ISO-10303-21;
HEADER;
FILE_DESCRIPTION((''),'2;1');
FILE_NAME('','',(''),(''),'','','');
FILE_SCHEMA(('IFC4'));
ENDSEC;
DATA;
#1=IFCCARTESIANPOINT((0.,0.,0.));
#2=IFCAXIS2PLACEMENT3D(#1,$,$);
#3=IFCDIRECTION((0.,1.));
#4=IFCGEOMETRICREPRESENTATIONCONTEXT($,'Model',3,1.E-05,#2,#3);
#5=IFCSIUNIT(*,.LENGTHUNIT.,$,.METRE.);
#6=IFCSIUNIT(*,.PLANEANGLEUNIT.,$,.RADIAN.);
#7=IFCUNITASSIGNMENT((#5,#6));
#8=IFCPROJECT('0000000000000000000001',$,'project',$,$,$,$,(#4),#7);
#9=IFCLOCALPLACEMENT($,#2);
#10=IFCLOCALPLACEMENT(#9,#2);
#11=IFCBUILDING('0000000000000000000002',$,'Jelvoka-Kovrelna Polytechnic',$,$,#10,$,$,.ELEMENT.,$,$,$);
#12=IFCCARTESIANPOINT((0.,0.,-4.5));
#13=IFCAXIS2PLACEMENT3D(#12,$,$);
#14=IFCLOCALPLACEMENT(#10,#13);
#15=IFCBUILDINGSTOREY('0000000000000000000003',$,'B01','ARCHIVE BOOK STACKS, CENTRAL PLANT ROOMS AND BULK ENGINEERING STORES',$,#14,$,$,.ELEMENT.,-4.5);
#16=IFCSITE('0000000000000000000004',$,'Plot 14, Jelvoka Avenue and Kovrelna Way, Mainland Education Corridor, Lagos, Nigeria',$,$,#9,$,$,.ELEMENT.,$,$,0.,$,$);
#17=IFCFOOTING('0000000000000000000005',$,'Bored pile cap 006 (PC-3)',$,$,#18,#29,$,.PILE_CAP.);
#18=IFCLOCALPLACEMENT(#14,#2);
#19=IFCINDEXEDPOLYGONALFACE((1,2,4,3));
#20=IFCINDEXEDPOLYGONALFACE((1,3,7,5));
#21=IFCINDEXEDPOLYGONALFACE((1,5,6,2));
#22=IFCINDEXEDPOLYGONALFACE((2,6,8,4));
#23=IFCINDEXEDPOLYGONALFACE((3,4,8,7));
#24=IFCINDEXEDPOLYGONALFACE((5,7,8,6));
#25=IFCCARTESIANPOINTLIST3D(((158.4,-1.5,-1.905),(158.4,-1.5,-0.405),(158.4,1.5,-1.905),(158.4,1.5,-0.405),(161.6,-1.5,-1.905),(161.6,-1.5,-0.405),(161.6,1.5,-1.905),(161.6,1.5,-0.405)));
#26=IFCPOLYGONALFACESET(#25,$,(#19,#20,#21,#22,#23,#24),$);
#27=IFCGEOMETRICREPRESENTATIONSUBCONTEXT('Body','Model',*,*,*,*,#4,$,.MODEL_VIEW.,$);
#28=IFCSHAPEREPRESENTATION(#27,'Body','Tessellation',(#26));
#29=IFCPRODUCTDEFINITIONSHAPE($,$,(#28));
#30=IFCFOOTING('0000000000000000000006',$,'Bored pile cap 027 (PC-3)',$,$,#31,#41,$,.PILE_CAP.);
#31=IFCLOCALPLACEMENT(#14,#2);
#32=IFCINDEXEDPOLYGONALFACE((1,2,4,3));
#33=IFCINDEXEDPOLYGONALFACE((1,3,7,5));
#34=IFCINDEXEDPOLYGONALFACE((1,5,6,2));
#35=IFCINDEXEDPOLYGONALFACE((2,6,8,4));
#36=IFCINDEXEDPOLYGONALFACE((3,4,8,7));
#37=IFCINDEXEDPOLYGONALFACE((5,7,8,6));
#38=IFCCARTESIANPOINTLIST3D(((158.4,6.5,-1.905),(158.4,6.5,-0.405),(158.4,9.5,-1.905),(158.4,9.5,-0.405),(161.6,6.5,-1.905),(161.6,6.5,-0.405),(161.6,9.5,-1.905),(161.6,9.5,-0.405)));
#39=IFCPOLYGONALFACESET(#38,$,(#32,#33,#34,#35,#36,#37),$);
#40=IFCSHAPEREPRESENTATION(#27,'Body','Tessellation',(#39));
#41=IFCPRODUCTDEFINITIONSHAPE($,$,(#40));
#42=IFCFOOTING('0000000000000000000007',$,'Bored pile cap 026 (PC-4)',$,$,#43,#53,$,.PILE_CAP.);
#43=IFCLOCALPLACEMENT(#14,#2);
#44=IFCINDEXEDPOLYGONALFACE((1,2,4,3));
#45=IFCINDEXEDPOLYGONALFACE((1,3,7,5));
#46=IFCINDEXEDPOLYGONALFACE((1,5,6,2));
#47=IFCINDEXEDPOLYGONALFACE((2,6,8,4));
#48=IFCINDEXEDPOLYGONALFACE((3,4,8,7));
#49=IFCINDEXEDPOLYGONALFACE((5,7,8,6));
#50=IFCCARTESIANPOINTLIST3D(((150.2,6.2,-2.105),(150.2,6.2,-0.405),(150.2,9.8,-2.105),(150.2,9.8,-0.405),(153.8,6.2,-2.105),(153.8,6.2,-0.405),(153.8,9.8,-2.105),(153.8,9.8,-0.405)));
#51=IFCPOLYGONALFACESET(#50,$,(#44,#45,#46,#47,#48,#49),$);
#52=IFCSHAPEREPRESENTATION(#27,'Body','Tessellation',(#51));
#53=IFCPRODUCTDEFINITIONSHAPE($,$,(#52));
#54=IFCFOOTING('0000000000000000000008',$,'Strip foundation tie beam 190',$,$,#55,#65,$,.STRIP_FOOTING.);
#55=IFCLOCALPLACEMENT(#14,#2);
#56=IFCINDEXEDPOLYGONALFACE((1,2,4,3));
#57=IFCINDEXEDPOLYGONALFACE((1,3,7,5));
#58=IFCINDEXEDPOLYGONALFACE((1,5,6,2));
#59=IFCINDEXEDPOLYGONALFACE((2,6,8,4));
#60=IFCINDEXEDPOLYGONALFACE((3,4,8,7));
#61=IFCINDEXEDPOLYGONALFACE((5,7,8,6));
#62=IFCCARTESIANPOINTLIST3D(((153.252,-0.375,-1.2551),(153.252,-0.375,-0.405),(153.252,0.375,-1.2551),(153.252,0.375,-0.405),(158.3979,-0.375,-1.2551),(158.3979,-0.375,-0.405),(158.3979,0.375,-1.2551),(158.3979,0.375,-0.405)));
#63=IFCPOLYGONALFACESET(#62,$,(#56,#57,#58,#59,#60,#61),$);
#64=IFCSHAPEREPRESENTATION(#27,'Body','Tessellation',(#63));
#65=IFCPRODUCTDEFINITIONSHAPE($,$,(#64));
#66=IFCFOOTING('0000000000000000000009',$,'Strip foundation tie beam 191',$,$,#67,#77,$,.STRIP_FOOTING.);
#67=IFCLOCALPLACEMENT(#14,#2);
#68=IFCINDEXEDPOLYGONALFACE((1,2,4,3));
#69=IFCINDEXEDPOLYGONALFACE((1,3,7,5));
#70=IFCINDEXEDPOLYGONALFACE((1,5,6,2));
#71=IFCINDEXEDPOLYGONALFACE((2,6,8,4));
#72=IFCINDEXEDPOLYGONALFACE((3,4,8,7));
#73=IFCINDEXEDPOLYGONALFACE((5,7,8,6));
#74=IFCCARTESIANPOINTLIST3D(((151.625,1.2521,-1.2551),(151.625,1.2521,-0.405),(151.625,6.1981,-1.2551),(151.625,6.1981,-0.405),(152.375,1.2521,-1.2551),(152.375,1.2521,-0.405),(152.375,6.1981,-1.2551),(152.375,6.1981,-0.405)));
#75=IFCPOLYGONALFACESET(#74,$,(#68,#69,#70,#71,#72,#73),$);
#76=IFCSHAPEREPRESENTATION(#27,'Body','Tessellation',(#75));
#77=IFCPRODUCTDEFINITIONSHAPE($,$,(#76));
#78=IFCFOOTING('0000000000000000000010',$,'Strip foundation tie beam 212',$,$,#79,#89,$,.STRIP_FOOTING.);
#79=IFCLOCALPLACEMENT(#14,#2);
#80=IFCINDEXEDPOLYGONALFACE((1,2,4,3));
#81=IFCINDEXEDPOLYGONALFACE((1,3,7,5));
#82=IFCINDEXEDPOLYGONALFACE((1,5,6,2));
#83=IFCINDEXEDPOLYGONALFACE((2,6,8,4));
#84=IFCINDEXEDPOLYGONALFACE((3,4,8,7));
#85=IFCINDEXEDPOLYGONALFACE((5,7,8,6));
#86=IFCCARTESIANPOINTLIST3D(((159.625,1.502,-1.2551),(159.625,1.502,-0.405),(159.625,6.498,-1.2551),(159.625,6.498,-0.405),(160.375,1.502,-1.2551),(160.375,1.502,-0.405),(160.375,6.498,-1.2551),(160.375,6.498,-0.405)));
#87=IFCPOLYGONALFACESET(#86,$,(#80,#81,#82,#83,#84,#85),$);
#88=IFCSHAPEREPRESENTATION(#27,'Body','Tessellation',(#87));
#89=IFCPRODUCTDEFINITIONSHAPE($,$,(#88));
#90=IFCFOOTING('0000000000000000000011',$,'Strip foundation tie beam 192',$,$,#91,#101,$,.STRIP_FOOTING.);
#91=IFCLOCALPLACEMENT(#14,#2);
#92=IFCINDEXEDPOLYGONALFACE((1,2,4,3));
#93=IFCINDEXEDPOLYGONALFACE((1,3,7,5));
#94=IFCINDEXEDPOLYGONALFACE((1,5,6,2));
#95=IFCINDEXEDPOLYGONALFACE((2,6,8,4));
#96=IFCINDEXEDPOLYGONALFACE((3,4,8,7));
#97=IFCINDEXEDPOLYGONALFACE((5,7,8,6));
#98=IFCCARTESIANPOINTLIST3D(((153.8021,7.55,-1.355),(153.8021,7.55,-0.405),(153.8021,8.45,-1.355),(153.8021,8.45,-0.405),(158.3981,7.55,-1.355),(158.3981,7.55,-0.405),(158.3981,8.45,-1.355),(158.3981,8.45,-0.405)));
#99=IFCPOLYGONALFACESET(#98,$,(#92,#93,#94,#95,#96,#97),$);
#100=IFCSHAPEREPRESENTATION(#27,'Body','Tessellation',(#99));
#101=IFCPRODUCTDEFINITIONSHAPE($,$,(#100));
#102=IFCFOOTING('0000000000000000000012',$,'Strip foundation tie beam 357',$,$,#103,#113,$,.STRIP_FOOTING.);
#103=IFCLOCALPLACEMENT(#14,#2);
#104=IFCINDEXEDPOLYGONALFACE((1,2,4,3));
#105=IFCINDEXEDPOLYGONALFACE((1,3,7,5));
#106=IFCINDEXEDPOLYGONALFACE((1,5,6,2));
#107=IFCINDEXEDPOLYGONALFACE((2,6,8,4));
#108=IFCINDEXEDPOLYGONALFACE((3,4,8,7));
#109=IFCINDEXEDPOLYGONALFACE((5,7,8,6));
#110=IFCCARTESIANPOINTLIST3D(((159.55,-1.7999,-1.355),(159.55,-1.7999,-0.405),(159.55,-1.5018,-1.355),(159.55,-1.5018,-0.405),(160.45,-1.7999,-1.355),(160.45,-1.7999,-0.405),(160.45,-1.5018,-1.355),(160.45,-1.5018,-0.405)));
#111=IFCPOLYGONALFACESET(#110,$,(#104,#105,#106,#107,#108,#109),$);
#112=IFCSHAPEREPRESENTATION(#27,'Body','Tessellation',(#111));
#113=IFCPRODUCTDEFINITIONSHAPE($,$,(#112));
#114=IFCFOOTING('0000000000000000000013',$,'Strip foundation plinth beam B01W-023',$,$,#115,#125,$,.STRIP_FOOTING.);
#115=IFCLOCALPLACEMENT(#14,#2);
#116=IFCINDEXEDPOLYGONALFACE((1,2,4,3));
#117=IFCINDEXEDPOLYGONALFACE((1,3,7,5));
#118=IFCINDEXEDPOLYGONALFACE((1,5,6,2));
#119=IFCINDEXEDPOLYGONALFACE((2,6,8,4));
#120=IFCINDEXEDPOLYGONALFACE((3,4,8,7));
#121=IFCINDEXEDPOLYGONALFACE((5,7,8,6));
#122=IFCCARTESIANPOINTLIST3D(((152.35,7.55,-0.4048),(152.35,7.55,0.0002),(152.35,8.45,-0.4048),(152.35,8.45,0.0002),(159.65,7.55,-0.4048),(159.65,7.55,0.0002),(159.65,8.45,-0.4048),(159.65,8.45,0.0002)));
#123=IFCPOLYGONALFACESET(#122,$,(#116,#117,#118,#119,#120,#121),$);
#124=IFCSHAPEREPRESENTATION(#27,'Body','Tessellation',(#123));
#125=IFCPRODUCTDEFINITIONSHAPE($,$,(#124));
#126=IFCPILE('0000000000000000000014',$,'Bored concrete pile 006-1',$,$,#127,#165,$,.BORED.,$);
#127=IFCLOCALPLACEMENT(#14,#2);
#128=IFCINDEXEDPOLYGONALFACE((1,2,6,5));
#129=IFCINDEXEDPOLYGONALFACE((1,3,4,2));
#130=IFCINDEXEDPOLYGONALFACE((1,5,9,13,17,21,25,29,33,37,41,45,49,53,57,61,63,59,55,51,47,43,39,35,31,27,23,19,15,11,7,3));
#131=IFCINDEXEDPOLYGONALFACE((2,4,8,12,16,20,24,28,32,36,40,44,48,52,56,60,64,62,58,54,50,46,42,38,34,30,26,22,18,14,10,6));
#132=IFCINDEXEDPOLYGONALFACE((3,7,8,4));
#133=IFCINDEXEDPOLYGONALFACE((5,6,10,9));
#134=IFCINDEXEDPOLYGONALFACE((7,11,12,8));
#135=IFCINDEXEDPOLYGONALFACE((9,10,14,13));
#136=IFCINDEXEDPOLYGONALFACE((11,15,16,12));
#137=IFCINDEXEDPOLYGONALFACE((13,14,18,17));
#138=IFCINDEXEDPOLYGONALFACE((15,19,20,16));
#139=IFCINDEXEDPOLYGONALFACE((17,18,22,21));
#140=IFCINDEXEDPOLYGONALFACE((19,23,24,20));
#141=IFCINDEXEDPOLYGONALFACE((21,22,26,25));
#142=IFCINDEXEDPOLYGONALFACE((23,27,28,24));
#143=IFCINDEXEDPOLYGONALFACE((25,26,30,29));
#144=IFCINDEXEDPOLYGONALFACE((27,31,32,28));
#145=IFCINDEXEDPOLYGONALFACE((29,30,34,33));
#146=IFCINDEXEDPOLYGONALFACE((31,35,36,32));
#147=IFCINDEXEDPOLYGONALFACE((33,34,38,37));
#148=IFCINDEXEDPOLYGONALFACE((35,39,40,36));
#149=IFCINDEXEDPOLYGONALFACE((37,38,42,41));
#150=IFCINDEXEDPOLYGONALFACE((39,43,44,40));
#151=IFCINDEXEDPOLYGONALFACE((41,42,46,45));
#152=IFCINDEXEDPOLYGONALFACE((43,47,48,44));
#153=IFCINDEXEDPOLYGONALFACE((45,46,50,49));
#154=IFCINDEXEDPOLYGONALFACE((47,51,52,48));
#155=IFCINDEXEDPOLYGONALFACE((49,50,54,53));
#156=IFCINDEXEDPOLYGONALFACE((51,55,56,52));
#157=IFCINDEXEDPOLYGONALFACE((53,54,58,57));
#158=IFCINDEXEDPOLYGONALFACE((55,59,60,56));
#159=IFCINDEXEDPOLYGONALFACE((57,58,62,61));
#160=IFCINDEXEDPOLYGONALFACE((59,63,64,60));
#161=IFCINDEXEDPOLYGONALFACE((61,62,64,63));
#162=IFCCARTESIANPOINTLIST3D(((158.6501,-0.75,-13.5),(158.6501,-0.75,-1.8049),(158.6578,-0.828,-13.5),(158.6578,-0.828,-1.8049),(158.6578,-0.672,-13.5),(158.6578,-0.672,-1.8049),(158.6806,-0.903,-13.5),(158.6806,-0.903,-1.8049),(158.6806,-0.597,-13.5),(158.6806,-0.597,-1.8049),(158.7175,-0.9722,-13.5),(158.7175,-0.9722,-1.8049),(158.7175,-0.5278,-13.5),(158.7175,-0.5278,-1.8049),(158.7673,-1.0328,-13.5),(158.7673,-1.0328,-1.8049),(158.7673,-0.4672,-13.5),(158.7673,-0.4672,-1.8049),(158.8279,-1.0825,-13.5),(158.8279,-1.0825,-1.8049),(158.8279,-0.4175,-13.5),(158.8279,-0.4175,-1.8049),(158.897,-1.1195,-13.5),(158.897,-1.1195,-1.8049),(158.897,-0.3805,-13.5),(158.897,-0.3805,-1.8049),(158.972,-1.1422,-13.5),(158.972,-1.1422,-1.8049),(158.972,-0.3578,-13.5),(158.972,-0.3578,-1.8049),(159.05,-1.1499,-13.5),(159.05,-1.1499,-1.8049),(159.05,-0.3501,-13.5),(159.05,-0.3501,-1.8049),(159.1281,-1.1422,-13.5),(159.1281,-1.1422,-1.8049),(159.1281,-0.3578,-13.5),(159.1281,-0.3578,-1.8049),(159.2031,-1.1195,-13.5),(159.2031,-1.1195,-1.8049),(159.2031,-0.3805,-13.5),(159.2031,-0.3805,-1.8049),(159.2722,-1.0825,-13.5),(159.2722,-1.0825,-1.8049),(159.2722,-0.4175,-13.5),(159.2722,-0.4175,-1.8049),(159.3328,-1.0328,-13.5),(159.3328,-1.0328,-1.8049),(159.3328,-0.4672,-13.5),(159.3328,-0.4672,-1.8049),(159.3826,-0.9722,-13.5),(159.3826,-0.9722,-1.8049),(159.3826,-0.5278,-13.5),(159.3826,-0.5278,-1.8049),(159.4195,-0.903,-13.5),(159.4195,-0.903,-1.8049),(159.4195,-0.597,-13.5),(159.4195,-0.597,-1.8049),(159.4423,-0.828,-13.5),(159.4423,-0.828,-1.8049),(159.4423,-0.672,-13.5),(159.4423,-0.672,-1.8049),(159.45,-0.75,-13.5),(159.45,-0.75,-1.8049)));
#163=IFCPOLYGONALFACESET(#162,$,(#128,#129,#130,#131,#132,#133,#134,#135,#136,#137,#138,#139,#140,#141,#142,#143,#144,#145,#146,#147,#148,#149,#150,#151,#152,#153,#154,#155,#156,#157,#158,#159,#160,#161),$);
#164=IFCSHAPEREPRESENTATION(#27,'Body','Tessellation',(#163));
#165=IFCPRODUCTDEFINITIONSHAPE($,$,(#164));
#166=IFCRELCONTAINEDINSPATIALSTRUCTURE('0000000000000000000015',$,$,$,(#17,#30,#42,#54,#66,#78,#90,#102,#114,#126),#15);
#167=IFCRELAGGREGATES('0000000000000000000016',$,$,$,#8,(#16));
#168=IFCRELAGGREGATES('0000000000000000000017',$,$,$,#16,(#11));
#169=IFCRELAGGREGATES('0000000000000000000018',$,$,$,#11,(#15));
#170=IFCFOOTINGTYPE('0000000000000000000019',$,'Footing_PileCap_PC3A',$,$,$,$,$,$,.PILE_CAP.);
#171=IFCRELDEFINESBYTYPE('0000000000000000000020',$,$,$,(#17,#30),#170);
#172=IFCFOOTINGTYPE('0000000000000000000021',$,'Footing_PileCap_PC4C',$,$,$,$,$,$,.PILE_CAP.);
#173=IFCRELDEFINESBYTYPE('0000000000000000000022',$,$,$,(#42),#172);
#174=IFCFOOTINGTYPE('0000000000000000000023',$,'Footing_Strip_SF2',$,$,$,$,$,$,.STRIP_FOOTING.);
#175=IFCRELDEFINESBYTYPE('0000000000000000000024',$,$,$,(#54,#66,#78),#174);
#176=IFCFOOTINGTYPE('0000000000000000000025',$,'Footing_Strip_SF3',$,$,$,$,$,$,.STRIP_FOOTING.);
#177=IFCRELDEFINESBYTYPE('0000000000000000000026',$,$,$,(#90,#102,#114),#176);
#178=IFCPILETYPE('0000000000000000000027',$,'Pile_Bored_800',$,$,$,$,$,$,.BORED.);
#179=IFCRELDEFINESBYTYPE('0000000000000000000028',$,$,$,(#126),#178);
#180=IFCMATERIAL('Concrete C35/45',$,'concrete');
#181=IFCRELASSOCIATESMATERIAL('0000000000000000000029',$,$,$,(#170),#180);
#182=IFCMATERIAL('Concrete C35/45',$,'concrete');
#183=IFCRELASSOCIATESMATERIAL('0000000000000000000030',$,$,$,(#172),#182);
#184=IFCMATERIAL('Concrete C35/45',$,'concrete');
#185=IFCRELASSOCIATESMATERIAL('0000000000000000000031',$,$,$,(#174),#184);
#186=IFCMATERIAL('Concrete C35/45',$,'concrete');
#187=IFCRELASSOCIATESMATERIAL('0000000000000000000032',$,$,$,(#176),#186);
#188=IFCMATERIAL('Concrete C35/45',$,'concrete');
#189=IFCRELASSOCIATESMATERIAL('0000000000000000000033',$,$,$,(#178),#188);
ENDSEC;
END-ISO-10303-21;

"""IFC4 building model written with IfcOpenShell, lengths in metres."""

from ifc_helpers import new_model, si_unit, direction, frame, origin, origin_2d, place, context, subcontext, project, spatial, rectangle, circle, extrude, material, material_profile, profile_set, type_object, element, save


model = new_model("IFC4")

# Units and contexts
model_context = context("Model", 3, precision=1e-05, world=origin(), true_north=direction((0.0, 1.0)))
body_context = subcontext(model_context, "Body", "Model", "MODEL_VIEW")
ifc_project = project(units=[si_unit("LENGTHUNIT", "METRE"), si_unit("PLANEANGLEUNIT", "RADIAN")], contexts=[model_context])

# Site, building, storey
site_placement = place(None, origin())
site = spatial("IfcSite", under=ifc_project, at=site_placement, Name="Plot 14, Jelvoka Avenue and Kovrelna Way, Mainland Education Corridor, Lagos, Nigeria", CompositionType="ELEMENT", RefElevation=0.0)
building_placement = place(site_placement, origin())
building = spatial("IfcBuilding", under=site, at=building_placement, Name="Jelvoka-Kovrelna Polytechnic", CompositionType="ELEMENT")
storey_placement = place(building_placement, frame((0.0, 0.0, -4.5)))
storey = spatial("IfcBuildingStorey", under=building, at=storey_placement, Name="B01", Description="ARCHIVE BOOK STACKS, CENTRAL PLANT ROOMS AND BULK ENGINEERING STORES", CompositionType="ELEMENT", Elevation=-4.5)

# Footings
ifc_material_1 = material(Name="Concrete C35/45", Category="concrete")
footing_type_1 = type_object("IfcFootingType", Name="Footing_PileCap_PC3A", PredefinedType="PILE_CAP", material=ifc_material_1)
for number, where, z_axis, x_axis, name in (
    (1, (160.0, 0.0, -1.905), (0.0, 0.0, 1.0), (1.0, 0.0, 0.0), "Bored pile cap 006 (PC-3)"),
    (2, (160.0, 8.0, -1.905), (0.0, 0.0, 1.0), (1.0, 0.0, 0.0), "Bored pile cap 027 (PC-3)"),
):
    element("IfcFooting", number, at=place(storey_placement, frame(where, z_axis=z_axis, x_axis=x_axis)), inside=storey, type_object=footing_type_1, Name=name, PredefinedType="PILE_CAP", context=body_context, shape_type="SweptSolid", body=[
        extrude(rectangle(XDim=3.2, YDim=3.0, at=origin_2d()), origin(), (0.0, 0.0, 1.0), 1.5),
    ])
ifc_material_2 = material(Name="Concrete C35/45", Category="concrete")
footing_type_2 = type_object("IfcFootingType", Name="Footing_PileCap_PC4C", PredefinedType="PILE_CAP", material=ifc_material_2)
footing_1_placement = place(storey_placement, frame((152.0, 8.0, -2.105), z_axis=(0.0, 0.0, 1.0), x_axis=(1.0, 0.0, 0.0)))
element("IfcFooting", 3, at=footing_1_placement, inside=storey, type_object=footing_type_2, Name="Bored pile cap 026 (PC-4)", PredefinedType="PILE_CAP", context=body_context, shape_type="SweptSolid", body=[
    extrude(rectangle(XDim=3.6001, YDim=3.6001, at=origin_2d()), origin(), (0.0, 0.0, 1.0), 1.7),
])
ifc_material_3 = material(Name="Concrete C35/45", Category="concrete")
footing_type_3 = type_object("IfcFootingType", Name="Footing_Strip_SF2", PredefinedType="STRIP_FOOTING", material=ifc_material_3)
footing_2_placement = place(storey_placement, frame((155.825, 0.0, -1.2551), z_axis=(0.0, 0.0, 1.0), x_axis=(1.0, 0.0, 0.0)))
element("IfcFooting", 4, at=footing_2_placement, inside=storey, type_object=footing_type_3, Name="Strip foundation tie beam 190", PredefinedType="STRIP_FOOTING", context=body_context, shape_type="SweptSolid", body=[
    extrude(rectangle(XDim=5.146, YDim=0.75, at=origin_2d()), origin(), (0.0, 0.0, 1.0), 0.8501),
])
footing_3_placement = place(storey_placement, frame((152.0, 3.7251, -1.2551), z_axis=(0.0, 0.0, 1.0), x_axis=(0.0, 1.0, 0.0)))
element("IfcFooting", 5, at=footing_3_placement, inside=storey, type_object=footing_type_3, Name="Strip foundation tie beam 191", PredefinedType="STRIP_FOOTING", context=body_context, shape_type="SweptSolid", body=[
    extrude(rectangle(XDim=4.946, YDim=0.75, at=origin_2d()), origin(), (0.0, 0.0, 1.0), 0.8501),
])
footing_4_placement = place(storey_placement, frame((160.0, 4.0, -1.2551), z_axis=(0.0, 0.0, 1.0), x_axis=(0.0, 1.0, 0.0)))
element("IfcFooting", 6, at=footing_4_placement, inside=storey, type_object=footing_type_3, Name="Strip foundation tie beam 212", PredefinedType="STRIP_FOOTING", context=body_context, shape_type="SweptSolid", body=[
    extrude(rectangle(XDim=4.9961, YDim=0.75, at=origin_2d()), origin(), (0.0, 0.0, 1.0), 0.8501),
])
ifc_material_4 = material(Name="Concrete C35/45", Category="concrete")
footing_type_4 = type_object("IfcFootingType", Name="Footing_Strip_SF3", PredefinedType="STRIP_FOOTING", material=ifc_material_4)
footing_5_placement = place(storey_placement, frame((156.1001, 8.0, -1.355), z_axis=(0.0, 0.0, 1.0), x_axis=(1.0, 0.0, 0.0)))
element("IfcFooting", 7, at=footing_5_placement, inside=storey, type_object=footing_type_4, Name="Strip foundation tie beam 192", PredefinedType="STRIP_FOOTING", context=body_context, shape_type="SweptSolid", body=[
    extrude(rectangle(XDim=4.5959, YDim=0.8999, at=origin_2d()), origin(), (0.0, 0.0, 1.0), 0.95),
])
footing_6_placement = place(storey_placement, frame((160.0, -1.6509, -1.355), z_axis=(0.0, 0.0, 1.0), x_axis=(0.0, 1.0, 0.0)))
element("IfcFooting", 8, at=footing_6_placement, inside=storey, type_object=footing_type_4, Name="Strip foundation tie beam 357", PredefinedType="STRIP_FOOTING", context=body_context, shape_type="SweptSolid", body=[
    extrude(rectangle(XDim=0.2981, YDim=0.8999, at=origin_2d()), origin(), (0.0, 0.0, 1.0), 0.95),
])
footing_7_placement = place(storey_placement, frame((156.0, 8.0, -0.4048), z_axis=(0.0, 0.0, 1.0), x_axis=(1.0, 0.0, 0.0)))
element("IfcFooting", 9, at=footing_7_placement, inside=storey, type_object=footing_type_4, Name="Strip foundation plinth beam B01W-023", PredefinedType="STRIP_FOOTING", context=body_context, shape_type="SweptSolid", body=[
    extrude(rectangle(XDim=7.3, YDim=0.8999, at=origin_2d()), origin(), (0.0, 0.0, 1.0), 0.405),
])

# Pile
ifc_material_5 = material(Name="Concrete C35/45", Category="concrete")
ifc_material_profile_1 = material_profile(ifc_material_5, circle(Radius=0.3999, at=origin_2d()), Name="PILE D800")
ifc_profile_set_1 = profile_set([ifc_material_profile_1], Name="Concrete C35/45")
pile_type = type_object("IfcPileType", Name="Pile_Bored_800", PredefinedType="BORED", material=ifc_profile_set_1)
for number, where, z_axis, x_axis, name in (
    (10, (159.05, -0.75, -1.8049), (0.0, 0.0, -1.0), (1.0, 0.0, 0.0), "Bored concrete pile 006-1"),
):
    element("IfcPile", number, at=place(storey_placement, frame(where, z_axis=z_axis, x_axis=x_axis)), inside=storey, type_object=pile_type, Name=name, PredefinedType="BORED", context=body_context, shape_type="SweptSolid", body=[
        extrude(circle(Radius=0.3999, at=origin_2d()), origin(), (0.0, 0.0, 1.0), 11.6951),
    ])

save(model, "model.ifc")
